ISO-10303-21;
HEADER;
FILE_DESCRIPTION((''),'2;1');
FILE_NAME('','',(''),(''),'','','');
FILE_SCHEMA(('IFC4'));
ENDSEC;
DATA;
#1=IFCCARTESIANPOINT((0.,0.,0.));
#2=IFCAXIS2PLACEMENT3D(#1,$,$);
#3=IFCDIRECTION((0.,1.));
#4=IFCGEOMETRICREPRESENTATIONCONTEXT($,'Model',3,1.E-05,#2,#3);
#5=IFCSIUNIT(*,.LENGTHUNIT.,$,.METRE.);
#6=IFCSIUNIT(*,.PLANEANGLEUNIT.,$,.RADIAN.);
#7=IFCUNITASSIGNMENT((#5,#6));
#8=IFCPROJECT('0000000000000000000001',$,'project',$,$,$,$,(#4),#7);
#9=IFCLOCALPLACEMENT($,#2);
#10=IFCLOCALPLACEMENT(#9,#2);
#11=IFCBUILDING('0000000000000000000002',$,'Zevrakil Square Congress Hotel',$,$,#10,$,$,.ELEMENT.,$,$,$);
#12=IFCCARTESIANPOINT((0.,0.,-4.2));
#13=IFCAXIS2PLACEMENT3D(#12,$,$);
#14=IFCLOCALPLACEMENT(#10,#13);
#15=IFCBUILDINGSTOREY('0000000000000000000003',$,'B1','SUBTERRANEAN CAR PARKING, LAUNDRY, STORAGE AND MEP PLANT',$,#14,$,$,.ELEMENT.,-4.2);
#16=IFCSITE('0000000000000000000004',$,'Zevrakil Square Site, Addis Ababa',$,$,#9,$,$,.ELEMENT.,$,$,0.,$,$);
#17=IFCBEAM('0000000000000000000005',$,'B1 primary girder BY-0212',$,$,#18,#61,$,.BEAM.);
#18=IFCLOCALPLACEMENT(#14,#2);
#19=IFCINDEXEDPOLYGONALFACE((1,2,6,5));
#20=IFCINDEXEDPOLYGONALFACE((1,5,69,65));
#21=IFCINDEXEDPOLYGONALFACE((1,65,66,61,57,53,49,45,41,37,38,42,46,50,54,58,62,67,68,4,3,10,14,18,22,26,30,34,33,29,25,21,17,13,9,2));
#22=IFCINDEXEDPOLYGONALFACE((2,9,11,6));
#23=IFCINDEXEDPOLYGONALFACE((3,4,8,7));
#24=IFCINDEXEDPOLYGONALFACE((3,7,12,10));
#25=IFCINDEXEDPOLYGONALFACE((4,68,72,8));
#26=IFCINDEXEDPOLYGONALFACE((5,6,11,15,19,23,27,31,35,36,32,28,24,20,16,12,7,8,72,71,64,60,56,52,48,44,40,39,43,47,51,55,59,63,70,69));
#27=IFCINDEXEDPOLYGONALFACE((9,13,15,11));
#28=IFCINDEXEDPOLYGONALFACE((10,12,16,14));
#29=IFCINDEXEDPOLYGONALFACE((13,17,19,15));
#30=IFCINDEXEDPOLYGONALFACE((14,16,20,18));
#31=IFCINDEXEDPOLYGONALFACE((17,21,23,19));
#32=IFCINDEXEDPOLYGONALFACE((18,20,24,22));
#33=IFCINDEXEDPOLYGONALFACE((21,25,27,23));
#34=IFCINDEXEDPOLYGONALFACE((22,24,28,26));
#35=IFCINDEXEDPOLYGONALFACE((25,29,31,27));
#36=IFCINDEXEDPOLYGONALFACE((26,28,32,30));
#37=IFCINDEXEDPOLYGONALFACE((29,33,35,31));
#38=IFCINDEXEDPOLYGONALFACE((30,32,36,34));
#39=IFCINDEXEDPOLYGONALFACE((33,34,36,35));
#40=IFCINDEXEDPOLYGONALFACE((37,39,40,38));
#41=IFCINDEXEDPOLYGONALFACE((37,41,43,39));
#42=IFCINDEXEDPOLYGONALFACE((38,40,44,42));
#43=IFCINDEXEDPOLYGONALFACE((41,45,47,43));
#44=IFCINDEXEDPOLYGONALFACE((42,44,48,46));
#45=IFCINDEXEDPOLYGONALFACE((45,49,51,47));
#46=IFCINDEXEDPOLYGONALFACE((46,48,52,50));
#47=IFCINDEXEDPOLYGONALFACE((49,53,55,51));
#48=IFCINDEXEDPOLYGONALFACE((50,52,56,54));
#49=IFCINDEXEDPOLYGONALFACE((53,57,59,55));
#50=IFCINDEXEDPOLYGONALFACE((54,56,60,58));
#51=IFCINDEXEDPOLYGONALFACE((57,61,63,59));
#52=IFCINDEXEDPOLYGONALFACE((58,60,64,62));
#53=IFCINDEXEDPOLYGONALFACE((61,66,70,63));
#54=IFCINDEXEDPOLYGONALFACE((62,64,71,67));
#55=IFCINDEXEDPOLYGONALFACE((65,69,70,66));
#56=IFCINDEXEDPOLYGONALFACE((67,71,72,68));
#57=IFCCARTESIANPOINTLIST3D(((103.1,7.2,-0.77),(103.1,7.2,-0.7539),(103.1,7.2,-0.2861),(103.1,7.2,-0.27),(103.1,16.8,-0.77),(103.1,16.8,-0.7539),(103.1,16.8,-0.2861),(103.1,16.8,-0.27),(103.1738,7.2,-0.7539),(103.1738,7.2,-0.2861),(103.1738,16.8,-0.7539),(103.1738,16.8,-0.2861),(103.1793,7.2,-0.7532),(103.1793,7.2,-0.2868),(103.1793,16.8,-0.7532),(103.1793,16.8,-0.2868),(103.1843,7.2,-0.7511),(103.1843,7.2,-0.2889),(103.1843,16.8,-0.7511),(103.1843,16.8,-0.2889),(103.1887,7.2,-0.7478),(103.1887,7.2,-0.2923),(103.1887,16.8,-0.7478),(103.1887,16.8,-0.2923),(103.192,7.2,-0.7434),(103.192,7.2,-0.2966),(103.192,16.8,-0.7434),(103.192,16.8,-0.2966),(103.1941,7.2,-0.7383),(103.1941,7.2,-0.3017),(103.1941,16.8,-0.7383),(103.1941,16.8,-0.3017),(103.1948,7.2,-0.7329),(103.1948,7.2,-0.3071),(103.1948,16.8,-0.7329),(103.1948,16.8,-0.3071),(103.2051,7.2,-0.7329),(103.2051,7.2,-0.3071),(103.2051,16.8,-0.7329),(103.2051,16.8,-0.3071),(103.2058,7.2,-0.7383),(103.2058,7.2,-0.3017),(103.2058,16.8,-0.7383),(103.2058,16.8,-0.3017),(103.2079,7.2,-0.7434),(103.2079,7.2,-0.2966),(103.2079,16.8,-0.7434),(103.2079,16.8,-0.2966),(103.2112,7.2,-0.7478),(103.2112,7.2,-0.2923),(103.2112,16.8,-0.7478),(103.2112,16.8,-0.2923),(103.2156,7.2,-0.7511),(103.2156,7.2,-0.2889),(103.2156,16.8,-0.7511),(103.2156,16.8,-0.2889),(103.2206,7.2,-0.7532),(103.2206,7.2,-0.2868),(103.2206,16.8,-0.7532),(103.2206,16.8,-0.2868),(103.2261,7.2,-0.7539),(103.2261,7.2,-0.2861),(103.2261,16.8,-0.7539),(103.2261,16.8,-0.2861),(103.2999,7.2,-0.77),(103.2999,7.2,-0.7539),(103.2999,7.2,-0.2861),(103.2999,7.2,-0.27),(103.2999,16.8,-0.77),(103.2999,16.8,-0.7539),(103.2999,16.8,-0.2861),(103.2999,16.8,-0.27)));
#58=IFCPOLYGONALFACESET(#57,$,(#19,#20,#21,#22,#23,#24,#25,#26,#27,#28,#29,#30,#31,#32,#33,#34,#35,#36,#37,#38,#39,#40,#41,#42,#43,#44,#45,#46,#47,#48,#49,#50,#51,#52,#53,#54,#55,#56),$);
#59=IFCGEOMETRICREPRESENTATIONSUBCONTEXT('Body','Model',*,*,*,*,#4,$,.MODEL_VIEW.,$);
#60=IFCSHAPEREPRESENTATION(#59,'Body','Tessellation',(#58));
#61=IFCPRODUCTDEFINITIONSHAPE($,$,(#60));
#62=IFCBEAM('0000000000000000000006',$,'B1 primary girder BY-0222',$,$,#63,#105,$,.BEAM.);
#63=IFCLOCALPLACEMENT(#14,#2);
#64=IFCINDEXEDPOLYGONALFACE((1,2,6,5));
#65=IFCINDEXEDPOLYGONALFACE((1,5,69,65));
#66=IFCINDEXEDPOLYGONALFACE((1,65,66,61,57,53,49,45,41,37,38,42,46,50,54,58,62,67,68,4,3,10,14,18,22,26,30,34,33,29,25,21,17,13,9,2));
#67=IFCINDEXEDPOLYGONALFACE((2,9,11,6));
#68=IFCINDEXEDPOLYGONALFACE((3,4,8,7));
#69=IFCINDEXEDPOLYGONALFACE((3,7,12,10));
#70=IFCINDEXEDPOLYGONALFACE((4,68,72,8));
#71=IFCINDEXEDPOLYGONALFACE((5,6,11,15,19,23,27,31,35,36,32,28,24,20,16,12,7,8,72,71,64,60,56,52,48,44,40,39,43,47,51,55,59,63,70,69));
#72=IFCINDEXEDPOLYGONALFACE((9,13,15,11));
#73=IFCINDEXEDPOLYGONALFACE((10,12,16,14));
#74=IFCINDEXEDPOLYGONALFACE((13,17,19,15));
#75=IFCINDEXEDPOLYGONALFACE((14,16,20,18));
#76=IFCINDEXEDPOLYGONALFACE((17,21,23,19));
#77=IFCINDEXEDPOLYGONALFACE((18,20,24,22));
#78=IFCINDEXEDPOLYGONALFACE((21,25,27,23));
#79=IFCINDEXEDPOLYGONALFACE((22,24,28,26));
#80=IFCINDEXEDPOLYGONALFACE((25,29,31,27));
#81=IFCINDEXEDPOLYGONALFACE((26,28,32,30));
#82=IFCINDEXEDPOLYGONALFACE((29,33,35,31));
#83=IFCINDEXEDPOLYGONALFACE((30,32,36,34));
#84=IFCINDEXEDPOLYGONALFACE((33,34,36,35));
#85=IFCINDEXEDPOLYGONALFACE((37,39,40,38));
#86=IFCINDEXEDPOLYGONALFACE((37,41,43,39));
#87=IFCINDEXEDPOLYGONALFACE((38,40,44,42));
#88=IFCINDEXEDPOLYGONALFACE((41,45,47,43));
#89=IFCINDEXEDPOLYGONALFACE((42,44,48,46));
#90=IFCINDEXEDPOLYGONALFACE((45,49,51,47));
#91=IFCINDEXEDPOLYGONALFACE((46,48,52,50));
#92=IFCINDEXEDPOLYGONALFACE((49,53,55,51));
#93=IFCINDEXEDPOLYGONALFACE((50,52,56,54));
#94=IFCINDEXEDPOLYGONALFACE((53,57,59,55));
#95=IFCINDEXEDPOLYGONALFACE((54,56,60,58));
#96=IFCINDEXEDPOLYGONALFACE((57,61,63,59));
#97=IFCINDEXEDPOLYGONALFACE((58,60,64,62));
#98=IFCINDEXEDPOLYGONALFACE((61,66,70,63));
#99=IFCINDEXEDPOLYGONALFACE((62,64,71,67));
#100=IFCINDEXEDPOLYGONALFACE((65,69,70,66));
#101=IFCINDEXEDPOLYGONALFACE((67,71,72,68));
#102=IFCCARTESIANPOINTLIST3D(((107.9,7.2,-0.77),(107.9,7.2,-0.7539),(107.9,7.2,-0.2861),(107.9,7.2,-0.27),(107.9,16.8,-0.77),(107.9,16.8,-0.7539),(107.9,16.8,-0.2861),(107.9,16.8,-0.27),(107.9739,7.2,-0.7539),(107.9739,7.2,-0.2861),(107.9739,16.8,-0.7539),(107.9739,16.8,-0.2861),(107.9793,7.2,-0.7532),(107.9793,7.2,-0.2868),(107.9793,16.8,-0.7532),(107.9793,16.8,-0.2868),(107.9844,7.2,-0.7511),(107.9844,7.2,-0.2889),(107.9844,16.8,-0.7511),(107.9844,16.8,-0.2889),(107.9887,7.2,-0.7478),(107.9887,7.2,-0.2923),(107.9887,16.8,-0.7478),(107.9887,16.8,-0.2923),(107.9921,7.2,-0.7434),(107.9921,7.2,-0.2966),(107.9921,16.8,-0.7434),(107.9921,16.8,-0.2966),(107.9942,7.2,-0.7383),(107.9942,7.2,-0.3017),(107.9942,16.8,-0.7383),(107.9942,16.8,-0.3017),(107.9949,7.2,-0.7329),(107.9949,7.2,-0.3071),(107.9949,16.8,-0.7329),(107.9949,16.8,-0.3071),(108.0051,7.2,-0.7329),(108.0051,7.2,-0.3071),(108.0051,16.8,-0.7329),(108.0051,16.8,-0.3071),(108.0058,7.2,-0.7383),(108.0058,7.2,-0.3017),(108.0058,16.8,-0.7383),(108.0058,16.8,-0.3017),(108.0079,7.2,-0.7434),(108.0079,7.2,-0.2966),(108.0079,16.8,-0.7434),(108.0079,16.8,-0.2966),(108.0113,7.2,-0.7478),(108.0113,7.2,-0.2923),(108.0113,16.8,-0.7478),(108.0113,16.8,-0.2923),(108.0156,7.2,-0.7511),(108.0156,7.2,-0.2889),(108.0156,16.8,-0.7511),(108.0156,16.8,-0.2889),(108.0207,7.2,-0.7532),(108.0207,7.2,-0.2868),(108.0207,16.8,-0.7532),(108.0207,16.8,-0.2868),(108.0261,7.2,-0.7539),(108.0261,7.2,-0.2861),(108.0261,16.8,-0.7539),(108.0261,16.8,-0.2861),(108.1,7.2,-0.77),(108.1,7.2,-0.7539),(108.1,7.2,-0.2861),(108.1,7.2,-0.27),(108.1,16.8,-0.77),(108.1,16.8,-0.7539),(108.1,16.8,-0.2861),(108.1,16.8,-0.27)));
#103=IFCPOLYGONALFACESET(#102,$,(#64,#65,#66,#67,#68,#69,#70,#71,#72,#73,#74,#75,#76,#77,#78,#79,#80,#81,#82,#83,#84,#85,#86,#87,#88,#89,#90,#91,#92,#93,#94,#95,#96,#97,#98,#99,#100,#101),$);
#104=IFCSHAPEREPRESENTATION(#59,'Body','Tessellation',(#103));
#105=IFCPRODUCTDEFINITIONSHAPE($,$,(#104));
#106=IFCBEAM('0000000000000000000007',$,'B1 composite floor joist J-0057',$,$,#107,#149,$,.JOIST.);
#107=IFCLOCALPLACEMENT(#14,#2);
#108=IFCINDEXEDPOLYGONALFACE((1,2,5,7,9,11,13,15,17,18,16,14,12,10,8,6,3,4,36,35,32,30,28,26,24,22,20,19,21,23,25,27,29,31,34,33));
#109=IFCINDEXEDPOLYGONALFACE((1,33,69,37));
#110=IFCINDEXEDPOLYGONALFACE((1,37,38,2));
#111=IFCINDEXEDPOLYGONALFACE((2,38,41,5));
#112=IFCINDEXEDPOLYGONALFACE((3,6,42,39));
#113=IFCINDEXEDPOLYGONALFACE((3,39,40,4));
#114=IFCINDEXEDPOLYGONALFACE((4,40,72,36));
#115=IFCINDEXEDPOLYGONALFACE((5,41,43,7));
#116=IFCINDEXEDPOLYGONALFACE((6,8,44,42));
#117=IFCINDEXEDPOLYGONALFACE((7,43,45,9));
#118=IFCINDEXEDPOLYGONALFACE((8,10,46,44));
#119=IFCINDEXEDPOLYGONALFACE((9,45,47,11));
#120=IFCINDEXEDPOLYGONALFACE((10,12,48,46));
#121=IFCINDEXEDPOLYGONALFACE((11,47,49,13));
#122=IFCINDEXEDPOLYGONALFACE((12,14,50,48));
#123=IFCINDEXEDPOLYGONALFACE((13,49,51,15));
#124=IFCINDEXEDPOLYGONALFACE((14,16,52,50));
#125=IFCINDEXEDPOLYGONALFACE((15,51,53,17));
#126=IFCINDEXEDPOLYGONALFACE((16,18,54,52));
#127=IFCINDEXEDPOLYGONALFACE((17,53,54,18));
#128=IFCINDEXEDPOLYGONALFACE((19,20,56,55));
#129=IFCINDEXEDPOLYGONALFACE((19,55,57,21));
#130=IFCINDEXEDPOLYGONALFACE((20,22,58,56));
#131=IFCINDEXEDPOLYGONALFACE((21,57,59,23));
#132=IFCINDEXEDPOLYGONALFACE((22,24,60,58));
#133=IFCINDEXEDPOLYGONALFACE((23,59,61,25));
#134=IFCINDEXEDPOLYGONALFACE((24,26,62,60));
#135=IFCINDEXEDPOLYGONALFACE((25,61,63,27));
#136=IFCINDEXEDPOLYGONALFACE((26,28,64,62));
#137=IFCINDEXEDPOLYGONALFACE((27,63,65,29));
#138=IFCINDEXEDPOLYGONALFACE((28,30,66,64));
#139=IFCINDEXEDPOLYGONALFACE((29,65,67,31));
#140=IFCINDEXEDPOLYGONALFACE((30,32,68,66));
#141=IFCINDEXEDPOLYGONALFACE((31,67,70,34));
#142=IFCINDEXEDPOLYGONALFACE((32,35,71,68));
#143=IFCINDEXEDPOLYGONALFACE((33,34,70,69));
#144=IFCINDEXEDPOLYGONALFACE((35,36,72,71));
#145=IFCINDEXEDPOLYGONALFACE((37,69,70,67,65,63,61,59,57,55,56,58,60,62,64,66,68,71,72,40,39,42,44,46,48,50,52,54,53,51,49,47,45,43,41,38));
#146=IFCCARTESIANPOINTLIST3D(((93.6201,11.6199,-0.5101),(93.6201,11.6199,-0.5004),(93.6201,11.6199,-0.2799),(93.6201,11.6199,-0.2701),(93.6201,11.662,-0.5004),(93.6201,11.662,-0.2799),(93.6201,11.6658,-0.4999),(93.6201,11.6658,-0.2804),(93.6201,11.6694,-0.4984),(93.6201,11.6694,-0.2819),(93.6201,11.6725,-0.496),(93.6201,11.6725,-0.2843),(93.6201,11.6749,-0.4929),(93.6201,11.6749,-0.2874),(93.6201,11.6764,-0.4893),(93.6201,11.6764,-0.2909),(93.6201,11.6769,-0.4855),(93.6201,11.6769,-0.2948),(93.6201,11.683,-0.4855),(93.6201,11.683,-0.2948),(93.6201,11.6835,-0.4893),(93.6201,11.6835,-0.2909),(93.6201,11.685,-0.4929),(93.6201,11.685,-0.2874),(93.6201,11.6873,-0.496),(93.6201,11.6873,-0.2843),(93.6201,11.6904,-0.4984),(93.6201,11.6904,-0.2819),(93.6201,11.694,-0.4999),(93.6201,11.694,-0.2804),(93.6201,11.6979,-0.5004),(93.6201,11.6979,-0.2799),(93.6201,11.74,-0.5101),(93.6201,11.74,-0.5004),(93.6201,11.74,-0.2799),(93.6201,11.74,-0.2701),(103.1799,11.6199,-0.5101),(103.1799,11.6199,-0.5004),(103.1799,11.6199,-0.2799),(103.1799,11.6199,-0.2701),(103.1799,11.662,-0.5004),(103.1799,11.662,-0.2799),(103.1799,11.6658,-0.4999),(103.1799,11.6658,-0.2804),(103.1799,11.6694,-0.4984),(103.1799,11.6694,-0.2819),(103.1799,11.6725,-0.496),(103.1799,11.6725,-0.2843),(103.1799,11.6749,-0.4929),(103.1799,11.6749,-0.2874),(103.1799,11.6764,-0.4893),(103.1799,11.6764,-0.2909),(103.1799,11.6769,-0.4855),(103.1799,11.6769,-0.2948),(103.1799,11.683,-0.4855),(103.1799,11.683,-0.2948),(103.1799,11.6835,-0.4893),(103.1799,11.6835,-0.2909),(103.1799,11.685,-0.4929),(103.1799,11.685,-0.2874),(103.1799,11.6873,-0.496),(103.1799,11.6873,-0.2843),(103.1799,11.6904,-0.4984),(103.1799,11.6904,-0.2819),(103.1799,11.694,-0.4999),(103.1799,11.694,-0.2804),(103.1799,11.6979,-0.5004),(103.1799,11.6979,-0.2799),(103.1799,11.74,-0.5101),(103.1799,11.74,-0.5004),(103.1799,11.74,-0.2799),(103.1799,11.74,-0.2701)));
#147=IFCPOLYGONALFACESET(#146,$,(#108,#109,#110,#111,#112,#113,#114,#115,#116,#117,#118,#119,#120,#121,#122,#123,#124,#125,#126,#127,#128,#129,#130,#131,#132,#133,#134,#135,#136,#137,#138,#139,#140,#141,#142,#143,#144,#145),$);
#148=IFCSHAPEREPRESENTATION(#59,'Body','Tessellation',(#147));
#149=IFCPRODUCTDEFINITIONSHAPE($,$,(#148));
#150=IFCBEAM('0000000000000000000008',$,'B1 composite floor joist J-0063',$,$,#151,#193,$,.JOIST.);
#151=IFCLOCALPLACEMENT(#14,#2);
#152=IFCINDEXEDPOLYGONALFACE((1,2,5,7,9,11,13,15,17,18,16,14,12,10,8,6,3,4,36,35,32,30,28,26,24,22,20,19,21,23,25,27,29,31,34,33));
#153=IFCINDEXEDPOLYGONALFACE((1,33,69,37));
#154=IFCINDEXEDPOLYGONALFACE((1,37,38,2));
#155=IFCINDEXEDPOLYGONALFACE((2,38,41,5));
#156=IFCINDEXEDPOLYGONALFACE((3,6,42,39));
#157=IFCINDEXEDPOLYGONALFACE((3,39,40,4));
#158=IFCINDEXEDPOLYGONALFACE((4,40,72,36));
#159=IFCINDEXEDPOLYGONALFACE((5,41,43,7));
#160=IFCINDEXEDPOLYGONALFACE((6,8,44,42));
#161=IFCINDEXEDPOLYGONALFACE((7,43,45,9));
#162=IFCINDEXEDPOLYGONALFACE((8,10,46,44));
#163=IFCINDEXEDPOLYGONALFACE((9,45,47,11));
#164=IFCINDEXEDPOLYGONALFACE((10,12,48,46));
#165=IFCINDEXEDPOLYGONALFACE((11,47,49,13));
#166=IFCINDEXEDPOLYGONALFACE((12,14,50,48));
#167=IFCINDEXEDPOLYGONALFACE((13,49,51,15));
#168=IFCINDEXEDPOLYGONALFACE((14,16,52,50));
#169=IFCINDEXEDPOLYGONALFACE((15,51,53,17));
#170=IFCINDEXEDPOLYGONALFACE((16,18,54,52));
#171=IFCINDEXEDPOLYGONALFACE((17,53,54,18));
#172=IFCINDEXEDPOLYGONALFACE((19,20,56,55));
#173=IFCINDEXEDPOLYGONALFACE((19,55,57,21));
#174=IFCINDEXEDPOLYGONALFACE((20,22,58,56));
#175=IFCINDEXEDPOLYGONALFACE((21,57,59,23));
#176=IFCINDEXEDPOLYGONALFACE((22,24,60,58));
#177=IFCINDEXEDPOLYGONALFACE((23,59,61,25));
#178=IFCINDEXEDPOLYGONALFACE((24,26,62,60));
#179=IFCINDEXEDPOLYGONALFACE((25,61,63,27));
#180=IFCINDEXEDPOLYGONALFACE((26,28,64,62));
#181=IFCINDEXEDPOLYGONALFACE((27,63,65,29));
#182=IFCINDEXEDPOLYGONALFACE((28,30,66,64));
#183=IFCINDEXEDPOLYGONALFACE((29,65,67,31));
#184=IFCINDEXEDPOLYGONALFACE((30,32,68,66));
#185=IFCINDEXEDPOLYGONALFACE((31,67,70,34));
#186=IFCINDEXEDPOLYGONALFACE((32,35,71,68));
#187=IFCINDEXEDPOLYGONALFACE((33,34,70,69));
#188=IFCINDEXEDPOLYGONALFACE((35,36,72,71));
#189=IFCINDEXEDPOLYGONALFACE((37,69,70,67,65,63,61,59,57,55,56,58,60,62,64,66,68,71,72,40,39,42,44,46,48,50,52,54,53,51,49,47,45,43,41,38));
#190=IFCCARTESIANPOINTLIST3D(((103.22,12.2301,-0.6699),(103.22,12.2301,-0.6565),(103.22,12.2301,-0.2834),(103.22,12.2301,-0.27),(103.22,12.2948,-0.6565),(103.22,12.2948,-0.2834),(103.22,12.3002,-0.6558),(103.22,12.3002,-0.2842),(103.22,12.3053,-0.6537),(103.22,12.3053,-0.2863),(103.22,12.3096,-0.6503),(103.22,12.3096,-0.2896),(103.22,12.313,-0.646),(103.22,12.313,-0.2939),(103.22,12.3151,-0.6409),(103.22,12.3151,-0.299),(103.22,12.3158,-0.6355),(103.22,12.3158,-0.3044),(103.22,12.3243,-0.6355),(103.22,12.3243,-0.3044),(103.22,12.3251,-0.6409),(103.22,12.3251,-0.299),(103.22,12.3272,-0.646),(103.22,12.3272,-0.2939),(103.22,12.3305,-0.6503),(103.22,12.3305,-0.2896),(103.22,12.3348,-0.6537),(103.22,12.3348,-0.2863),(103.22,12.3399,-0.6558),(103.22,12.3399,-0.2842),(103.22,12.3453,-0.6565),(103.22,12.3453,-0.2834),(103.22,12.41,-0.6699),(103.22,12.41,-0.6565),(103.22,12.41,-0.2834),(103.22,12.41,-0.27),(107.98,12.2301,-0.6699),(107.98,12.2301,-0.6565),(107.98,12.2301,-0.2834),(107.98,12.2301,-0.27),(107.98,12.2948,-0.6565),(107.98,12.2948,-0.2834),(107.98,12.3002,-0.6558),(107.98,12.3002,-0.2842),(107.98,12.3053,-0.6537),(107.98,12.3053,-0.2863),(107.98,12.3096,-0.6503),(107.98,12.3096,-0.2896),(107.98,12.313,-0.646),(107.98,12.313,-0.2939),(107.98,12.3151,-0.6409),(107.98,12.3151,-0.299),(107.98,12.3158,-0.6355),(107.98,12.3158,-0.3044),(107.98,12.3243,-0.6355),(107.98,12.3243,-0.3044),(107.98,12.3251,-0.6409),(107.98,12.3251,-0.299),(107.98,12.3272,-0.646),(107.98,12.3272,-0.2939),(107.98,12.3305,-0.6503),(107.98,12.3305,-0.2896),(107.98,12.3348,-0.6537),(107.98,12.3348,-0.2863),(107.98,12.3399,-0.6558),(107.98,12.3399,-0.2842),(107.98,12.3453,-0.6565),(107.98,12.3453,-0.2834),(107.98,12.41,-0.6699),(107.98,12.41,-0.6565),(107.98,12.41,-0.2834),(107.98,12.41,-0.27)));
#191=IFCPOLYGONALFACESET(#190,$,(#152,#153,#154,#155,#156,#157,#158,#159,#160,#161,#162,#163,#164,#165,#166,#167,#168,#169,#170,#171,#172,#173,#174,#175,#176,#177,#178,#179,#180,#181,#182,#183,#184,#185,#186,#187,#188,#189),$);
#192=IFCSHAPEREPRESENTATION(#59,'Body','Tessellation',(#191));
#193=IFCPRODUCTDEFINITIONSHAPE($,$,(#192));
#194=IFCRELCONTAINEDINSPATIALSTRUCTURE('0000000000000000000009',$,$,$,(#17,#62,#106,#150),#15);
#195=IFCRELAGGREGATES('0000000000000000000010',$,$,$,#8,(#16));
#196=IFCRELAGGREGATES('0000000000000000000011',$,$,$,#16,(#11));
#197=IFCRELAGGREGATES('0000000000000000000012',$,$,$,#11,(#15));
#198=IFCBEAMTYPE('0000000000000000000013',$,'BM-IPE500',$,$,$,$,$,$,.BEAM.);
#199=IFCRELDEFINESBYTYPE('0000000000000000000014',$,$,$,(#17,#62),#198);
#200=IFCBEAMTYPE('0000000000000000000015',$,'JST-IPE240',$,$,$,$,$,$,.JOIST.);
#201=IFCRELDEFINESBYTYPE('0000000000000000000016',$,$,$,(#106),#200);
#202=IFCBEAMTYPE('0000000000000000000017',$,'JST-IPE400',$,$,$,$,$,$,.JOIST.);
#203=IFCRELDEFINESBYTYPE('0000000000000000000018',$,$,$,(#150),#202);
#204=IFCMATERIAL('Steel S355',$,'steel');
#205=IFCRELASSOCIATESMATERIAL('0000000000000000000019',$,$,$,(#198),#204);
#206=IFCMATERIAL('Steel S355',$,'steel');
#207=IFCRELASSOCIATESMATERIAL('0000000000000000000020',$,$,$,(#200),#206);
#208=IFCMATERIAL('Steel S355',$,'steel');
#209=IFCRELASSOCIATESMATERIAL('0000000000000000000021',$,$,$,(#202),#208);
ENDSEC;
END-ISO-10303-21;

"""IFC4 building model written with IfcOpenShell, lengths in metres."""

from ifc_helpers import new_model, si_unit, direction, frame, origin, origin_2d, place, context, subcontext, project, spatial, i_section, extrude, material, material_profile, profile_set, type_object, element, save


model = new_model("IFC4")

# Units and contexts
model_context = context("Model", 3, precision=1e-05, world=origin(), true_north=direction((0.0, 1.0)))
body_context = subcontext(model_context, "Body", "Model", "MODEL_VIEW")
ifc_project = project(units=[si_unit("LENGTHUNIT", "METRE"), si_unit("PLANEANGLEUNIT", "RADIAN")], contexts=[model_context])

# Site, building, storey
site_placement = place(None, origin())
site = spatial("IfcSite", under=ifc_project, at=site_placement, Name="Zevrakil Square Site, Addis Ababa", CompositionType="ELEMENT", RefElevation=0.0)
building_placement = place(site_placement, origin())
building = spatial("IfcBuilding", under=site, at=building_placement, Name="Zevrakil Square Congress Hotel", CompositionType="ELEMENT")
storey_placement = place(building_placement, frame((0.0, 0.0, -4.2)))
storey = spatial("IfcBuildingStorey", under=building, at=storey_placement, Name="B1", Description="SUBTERRANEAN CAR PARKING, LAUNDRY, STORAGE AND MEP PLANT", CompositionType="ELEMENT", Elevation=-4.2)

# Beams
ifc_material_1 = material(Name="Steel S355", Category="steel")
ifc_material_profile_1 = material_profile(ifc_material_1, i_section(OverallWidth=0.2, OverallDepth=0.5, WebThickness=0.0103, FlangeThickness=0.0161, FilletRadius=0.021, at=origin_2d()), Name="IPE 500")
ifc_profile_set_1 = profile_set([ifc_material_profile_1], Name="Steel S355")
beam_type_1 = type_object("IfcBeamType", Name="BM-IPE500", PredefinedType="BEAM", material=ifc_profile_set_1)
for number, where, z_axis, x_axis, name in (
    (1, (103.2, 7.2, -0.52), (0.0, 1.0, 0.0), (-1.0, 0.0, 0.0), "B1 primary girder BY-0212"),
    (2, (108.0, 7.2, -0.52), (0.0, 1.0, 0.0), (-1.0, 0.0, 0.0), "B1 primary girder BY-0222"),
):
    element("IfcBeam", number, at=place(storey_placement, frame(where, z_axis=z_axis, x_axis=x_axis)), inside=storey, type_object=beam_type_1, Name=name, PredefinedType="BEAM", context=body_context, shape_type="SweptSolid", body=[
        extrude(i_section(OverallWidth=0.2, OverallDepth=0.5, WebThickness=0.0103, FlangeThickness=0.0161, FilletRadius=0.021, at=origin_2d()), origin(), (0.0, 0.0, 1.0), 9.6001),
    ])
ifc_material_2 = material(Name="Steel S355", Category="steel")
ifc_material_profile_2 = material_profile(ifc_material_2, i_section(OverallWidth=0.1201, OverallDepth=0.24, WebThickness=0.0061, FlangeThickness=0.0098, FilletRadius=0.0149, at=origin_2d()), Name="IPE 240")
ifc_profile_set_2 = profile_set([ifc_material_profile_2], Name="Steel S355")
beam_type_2 = type_object("IfcBeamType", Name="JST-IPE240", PredefinedType="JOIST", material=ifc_profile_set_2)
beam_1_placement = place(storey_placement, frame((93.6201, 11.6799, -0.3901), z_axis=(1.0, 0.0, 0.0), x_axis=(0.0, 1.0, 0.0)))
element("IfcBeam", 3, at=beam_1_placement, inside=storey, type_object=beam_type_2, Name="B1 composite floor joist J-0057", PredefinedType="JOIST", context=body_context, shape_type="SweptSolid", body=[
    extrude(i_section(OverallWidth=0.1201, OverallDepth=0.24, WebThickness=0.0061, FlangeThickness=0.0098, FilletRadius=0.0149, at=origin_2d()), origin(), (0.0, 0.0, 1.0), 9.5598),
])
ifc_material_3 = material(Name="Steel S355", Category="steel")
ifc_material_profile_3 = material_profile(ifc_material_3, i_section(OverallWidth=0.1799, OverallDepth=0.3999, WebThickness=0.0085, FlangeThickness=0.0134, FilletRadius=0.021, at=origin_2d()), Name="IPE 400")
ifc_profile_set_3 = profile_set([ifc_material_profile_3], Name="Steel S355")
beam_type_3 = type_object("IfcBeamType", Name="JST-IPE400", PredefinedType="JOIST", material=ifc_profile_set_3)
beam_2_placement = place(storey_placement, frame((103.22, 12.3201, -0.47), z_axis=(1.0, 0.0, 0.0), x_axis=(0.0, 1.0, 0.0)))
element("IfcBeam", 4, at=beam_2_placement, inside=storey, type_object=beam_type_3, Name="B1 composite floor joist J-0063", PredefinedType="JOIST", context=body_context, shape_type="SweptSolid", body=[
    extrude(i_section(OverallWidth=0.1799, OverallDepth=0.3999, WebThickness=0.0085, FlangeThickness=0.0134, FilletRadius=0.021, at=origin_2d()), origin(), (0.0, 0.0, 1.0), 4.76),
])

save(model, "model.ifc")
